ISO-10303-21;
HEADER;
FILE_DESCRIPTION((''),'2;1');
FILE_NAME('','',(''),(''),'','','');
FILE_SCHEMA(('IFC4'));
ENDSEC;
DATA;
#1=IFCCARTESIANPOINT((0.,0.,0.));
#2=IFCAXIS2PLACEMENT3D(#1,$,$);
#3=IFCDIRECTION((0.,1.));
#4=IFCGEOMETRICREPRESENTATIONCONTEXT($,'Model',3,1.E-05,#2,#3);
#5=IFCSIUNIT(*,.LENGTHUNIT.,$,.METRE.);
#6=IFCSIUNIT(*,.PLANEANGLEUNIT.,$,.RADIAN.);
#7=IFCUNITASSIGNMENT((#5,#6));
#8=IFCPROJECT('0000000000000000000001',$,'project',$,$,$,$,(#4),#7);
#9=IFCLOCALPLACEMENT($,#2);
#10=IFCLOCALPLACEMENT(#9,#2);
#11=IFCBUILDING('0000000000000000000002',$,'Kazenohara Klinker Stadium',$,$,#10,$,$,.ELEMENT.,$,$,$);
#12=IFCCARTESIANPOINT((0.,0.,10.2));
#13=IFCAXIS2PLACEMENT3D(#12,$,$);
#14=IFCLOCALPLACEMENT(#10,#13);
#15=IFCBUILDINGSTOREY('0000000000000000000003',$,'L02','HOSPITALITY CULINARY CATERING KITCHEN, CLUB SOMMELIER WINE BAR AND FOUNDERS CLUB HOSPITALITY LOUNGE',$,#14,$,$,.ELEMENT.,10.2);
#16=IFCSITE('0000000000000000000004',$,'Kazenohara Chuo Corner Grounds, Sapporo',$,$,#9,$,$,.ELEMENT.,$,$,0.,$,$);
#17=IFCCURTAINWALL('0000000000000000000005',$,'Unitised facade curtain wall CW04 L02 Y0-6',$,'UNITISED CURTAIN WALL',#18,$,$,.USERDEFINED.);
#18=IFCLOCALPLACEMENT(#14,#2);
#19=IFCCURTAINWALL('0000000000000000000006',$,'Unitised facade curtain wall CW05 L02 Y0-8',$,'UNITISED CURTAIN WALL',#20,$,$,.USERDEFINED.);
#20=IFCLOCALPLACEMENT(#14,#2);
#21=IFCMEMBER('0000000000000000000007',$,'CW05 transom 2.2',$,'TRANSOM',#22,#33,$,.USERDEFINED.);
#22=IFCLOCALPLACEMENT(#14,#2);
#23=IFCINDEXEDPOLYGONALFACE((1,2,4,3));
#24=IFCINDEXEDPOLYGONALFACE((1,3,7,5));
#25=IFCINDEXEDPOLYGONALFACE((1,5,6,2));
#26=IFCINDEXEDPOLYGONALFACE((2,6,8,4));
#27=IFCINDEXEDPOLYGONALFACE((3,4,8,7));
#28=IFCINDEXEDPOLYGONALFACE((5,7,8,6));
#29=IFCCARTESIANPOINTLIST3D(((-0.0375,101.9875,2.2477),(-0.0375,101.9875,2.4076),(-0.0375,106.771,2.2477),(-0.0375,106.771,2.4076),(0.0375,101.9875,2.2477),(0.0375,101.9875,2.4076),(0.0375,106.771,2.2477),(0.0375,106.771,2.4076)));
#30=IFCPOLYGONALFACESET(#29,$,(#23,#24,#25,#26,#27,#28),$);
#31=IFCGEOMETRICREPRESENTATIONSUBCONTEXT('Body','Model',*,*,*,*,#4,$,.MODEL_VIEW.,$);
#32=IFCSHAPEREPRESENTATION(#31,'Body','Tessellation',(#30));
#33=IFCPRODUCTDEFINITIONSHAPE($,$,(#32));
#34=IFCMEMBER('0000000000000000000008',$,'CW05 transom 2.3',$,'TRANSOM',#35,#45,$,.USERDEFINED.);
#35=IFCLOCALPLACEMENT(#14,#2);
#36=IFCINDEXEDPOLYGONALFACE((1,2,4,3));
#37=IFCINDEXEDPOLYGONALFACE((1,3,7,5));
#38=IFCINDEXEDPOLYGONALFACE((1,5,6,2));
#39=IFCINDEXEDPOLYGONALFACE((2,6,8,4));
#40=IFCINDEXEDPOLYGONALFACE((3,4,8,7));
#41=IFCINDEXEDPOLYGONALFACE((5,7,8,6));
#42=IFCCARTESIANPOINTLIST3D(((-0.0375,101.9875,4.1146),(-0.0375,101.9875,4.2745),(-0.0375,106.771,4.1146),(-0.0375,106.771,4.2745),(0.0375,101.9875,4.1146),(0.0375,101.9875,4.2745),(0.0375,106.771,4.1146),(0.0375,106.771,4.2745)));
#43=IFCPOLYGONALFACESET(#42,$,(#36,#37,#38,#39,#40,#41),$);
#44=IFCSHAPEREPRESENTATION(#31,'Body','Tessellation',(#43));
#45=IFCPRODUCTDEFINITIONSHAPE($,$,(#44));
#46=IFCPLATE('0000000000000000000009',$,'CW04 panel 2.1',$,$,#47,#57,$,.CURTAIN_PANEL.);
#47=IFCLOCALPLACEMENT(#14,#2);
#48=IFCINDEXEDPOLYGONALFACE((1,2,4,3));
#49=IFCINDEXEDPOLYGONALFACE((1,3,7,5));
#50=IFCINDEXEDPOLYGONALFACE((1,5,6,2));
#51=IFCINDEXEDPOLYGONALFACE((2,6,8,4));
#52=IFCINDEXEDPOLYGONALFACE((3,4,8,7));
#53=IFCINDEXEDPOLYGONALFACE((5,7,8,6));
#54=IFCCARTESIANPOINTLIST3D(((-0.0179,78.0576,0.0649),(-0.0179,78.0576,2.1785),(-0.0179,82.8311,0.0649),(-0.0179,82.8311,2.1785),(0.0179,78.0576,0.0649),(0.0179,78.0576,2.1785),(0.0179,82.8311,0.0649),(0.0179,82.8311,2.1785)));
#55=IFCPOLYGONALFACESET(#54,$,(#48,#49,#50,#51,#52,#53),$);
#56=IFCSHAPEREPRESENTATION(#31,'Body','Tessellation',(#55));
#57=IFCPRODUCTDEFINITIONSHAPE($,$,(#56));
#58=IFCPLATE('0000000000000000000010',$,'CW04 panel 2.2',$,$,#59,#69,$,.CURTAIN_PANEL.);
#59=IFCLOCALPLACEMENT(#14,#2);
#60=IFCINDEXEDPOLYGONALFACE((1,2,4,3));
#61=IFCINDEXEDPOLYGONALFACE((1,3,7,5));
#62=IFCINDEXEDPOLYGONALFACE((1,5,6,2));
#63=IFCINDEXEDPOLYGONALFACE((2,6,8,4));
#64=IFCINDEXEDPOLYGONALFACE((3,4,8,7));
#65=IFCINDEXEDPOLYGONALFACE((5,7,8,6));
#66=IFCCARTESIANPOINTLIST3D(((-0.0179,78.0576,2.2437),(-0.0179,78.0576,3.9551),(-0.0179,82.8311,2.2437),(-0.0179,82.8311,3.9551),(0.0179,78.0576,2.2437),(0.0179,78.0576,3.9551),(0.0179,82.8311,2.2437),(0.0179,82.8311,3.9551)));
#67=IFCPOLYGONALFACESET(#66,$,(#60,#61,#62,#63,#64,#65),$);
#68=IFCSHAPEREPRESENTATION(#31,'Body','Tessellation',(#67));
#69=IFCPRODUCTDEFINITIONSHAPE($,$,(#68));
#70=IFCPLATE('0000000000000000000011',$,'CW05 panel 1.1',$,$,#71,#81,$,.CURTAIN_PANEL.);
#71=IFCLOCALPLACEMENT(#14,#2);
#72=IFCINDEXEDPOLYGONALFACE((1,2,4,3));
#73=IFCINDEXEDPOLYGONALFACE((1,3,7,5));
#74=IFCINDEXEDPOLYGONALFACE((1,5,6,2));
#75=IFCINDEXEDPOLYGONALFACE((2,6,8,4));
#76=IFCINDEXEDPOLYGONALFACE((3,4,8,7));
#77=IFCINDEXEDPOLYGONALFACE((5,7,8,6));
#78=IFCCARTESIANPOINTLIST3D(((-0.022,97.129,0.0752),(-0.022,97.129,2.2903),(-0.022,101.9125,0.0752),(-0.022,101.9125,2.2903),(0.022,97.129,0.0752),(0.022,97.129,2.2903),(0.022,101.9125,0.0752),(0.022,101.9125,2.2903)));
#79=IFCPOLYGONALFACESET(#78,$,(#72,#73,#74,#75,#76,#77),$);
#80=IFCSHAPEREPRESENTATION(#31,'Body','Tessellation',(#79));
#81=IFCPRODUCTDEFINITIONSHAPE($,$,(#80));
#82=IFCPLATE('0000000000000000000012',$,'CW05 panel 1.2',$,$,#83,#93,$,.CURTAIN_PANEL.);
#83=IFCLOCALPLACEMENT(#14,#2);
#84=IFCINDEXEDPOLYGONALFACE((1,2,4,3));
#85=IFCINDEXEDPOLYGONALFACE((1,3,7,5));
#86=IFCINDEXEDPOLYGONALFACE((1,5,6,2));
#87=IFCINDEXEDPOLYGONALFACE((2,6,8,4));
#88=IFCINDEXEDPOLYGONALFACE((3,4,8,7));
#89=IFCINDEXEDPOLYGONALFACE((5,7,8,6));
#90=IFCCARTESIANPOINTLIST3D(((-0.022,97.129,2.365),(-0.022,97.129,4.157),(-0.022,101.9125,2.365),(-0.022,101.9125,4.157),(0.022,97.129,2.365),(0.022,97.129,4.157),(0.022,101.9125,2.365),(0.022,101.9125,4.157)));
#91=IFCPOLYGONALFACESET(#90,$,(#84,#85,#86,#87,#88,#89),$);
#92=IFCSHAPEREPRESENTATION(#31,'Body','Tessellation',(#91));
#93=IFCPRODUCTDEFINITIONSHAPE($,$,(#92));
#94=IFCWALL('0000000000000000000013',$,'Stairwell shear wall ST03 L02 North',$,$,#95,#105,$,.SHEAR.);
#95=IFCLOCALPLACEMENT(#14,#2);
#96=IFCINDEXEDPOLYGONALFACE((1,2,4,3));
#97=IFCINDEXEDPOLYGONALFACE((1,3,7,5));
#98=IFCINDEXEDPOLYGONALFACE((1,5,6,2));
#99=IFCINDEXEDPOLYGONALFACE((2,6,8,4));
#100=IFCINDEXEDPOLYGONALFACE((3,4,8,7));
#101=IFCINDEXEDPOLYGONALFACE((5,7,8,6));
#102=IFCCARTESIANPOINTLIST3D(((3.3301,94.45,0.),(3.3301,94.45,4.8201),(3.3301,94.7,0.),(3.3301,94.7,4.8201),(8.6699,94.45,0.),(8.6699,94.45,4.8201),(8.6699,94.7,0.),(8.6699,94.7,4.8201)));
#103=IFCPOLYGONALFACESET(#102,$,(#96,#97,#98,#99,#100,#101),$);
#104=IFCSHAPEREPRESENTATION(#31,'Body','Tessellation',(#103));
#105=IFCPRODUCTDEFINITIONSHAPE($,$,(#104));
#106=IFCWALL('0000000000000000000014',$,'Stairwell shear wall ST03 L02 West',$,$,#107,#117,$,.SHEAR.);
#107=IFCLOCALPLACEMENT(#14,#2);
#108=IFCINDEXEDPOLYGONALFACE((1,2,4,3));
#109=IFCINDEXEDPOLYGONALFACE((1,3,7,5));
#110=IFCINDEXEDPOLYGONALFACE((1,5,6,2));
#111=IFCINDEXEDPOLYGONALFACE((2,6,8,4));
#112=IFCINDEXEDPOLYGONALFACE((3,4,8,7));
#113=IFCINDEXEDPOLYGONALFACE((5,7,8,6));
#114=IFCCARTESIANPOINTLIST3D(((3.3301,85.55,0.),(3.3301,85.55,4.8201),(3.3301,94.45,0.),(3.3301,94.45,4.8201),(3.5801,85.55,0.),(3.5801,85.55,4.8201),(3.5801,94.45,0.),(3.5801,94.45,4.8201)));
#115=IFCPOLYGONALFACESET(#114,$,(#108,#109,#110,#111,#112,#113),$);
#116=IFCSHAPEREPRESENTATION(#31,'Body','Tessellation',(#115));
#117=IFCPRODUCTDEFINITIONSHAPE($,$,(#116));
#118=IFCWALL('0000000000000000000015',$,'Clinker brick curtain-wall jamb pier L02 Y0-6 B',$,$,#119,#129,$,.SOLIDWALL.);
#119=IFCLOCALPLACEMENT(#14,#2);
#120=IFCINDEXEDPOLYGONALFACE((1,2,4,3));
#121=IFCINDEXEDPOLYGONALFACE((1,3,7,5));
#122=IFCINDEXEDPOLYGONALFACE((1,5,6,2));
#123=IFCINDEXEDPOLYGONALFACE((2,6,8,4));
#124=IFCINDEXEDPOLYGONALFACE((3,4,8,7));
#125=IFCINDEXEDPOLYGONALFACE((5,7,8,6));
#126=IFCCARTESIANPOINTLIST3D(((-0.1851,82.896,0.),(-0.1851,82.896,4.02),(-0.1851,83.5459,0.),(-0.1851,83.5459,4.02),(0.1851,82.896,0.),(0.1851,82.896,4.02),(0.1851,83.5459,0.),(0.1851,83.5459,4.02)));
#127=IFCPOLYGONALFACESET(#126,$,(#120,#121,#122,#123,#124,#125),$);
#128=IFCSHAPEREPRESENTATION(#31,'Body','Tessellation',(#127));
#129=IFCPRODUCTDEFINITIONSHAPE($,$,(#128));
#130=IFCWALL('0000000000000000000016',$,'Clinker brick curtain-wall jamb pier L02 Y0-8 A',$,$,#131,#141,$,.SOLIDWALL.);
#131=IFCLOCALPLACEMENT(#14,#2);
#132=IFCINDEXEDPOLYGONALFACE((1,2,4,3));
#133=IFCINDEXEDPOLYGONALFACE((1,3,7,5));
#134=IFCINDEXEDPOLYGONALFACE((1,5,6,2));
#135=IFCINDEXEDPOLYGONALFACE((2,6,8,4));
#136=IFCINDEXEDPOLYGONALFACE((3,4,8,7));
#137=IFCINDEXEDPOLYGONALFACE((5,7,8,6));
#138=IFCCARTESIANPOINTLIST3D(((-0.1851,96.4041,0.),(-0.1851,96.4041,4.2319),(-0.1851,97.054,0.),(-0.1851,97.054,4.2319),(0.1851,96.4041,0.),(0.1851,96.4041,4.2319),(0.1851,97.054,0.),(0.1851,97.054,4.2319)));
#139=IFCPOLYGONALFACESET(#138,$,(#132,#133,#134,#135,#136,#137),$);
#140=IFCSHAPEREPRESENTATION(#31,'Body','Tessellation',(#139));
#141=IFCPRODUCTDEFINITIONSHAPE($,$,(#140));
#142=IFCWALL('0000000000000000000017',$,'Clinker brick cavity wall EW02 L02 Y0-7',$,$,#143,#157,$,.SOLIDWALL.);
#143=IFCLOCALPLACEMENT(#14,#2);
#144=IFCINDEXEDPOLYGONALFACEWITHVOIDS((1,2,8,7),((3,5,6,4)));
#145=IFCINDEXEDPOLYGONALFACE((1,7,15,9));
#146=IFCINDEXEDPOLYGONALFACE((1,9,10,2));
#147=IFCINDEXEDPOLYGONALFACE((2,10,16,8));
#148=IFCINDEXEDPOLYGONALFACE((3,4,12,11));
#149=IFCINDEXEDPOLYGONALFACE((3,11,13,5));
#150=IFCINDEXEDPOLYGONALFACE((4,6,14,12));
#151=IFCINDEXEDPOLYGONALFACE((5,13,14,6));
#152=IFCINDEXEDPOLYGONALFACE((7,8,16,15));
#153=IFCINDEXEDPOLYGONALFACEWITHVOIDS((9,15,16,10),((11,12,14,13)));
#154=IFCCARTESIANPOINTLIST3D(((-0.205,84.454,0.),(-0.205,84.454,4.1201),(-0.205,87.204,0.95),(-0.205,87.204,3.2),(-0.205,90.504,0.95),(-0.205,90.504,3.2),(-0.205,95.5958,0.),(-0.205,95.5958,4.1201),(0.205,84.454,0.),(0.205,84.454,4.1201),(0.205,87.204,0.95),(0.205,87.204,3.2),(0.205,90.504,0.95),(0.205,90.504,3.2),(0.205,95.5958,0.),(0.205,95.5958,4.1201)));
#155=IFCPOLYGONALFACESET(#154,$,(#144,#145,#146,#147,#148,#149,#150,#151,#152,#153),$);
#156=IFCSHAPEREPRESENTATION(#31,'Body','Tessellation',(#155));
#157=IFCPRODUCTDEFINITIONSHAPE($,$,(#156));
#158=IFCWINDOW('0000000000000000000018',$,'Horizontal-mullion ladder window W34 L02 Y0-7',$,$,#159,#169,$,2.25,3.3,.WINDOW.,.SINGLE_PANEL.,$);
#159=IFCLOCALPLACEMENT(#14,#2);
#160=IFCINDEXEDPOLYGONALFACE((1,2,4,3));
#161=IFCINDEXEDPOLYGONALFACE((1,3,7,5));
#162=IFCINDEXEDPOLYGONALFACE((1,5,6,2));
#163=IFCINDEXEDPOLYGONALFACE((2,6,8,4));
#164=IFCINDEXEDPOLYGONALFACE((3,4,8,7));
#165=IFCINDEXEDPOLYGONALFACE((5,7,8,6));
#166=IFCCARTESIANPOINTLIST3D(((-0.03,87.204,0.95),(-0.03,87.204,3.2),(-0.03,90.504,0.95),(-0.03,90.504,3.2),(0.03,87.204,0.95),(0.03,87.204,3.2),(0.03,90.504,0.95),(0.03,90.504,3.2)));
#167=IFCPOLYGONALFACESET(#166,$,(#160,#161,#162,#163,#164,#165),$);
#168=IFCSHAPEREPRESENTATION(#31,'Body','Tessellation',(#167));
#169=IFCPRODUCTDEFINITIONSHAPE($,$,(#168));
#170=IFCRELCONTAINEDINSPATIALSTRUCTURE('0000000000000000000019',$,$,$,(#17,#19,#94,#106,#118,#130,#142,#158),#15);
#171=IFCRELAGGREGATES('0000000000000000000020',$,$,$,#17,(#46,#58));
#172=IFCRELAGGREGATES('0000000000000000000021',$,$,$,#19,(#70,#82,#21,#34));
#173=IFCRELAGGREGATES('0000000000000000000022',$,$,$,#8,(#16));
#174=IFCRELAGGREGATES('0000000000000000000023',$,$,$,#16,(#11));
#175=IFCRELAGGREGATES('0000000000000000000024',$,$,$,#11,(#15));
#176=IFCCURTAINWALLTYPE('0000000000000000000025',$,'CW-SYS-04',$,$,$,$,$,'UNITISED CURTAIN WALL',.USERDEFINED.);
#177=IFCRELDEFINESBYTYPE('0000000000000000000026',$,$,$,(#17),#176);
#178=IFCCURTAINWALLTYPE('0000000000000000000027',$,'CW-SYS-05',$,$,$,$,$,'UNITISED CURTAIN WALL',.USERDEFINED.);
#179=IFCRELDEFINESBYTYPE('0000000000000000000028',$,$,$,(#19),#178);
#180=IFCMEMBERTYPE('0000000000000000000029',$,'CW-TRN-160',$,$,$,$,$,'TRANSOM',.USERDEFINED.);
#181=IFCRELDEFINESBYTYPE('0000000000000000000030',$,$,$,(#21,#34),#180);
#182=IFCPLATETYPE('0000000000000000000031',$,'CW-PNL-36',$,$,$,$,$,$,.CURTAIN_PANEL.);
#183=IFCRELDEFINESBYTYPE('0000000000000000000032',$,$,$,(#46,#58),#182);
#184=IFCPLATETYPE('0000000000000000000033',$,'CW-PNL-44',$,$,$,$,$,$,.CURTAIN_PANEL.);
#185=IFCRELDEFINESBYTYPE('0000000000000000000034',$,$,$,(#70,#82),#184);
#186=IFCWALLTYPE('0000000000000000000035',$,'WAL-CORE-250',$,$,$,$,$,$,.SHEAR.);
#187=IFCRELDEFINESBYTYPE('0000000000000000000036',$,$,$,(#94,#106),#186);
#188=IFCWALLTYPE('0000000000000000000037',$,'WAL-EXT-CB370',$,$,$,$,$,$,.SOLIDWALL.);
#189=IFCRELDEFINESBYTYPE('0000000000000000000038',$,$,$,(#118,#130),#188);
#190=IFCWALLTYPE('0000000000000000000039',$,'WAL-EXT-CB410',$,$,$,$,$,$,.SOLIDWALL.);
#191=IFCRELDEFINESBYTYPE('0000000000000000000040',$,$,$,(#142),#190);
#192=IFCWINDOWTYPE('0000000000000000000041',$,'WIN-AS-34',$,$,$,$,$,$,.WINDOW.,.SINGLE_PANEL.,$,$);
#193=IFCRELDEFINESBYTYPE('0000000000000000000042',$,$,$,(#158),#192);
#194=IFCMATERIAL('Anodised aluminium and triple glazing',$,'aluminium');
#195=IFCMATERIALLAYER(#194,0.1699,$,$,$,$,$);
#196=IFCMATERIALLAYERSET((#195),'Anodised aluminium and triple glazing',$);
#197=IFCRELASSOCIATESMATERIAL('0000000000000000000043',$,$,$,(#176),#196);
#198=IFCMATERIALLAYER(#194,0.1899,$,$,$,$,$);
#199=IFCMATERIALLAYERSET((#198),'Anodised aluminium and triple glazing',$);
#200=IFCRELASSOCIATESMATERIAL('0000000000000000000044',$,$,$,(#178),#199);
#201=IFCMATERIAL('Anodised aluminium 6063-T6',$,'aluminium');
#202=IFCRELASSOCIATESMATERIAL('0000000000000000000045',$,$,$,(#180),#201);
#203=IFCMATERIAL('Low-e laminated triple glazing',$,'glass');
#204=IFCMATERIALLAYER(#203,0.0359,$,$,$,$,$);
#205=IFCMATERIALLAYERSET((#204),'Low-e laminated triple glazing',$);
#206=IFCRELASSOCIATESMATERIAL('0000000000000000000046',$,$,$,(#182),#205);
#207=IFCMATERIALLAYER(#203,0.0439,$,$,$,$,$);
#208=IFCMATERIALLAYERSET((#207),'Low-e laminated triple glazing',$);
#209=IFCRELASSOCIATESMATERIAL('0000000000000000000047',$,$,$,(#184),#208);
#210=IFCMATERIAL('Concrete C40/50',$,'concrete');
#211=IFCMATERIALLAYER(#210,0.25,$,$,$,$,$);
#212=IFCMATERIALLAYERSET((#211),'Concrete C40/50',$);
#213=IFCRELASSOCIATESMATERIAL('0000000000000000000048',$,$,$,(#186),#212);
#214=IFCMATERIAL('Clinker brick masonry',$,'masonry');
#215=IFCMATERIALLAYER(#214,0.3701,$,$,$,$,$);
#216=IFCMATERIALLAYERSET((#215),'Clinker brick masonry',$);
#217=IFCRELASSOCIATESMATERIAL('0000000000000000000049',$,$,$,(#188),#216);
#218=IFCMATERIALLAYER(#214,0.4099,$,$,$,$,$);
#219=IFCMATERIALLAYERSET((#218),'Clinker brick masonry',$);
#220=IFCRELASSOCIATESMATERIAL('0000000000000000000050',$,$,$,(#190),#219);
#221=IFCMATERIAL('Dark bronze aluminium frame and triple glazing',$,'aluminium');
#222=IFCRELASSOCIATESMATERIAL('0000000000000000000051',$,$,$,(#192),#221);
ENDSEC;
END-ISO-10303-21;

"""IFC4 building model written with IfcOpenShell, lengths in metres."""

from ifc_helpers import new_model, si_unit, direction, frame, frame_2d, origin, origin_2d, place, context, subcontext, project, spatial, rectangle, extrude, material, layer, layer_set, material_profile, profile_set, type_object, element, fill, aggregate, save


model = new_model("IFC4")

# Units and contexts
model_context = context("Model", 3, precision=1e-05, world=origin(), true_north=direction((0.0, 1.0)))
body_context = subcontext(model_context, "Body", "Model", "MODEL_VIEW")
ifc_project = project(units=[si_unit("LENGTHUNIT", "METRE"), si_unit("PLANEANGLEUNIT", "RADIAN")], contexts=[model_context])

# Site, building, storey
site_placement = place(None, origin())
site = spatial("IfcSite", under=ifc_project, at=site_placement, Name="Kazenohara Chuo Corner Grounds, Sapporo", CompositionType="ELEMENT", RefElevation=0.0)
building_placement = place(site_placement, origin())
building = spatial("IfcBuilding", under=site, at=building_placement, Name="Kazenohara Klinker Stadium", CompositionType="ELEMENT")
storey_placement = place(building_placement, frame((0.0, 0.0, 10.2)))
storey = spatial("IfcBuildingStorey", under=building, at=storey_placement, Name="L02", Description="HOSPITALITY CULINARY CATERING KITCHEN, CLUB SOMMELIER WINE BAR AND FOUNDERS CLUB HOSPITALITY LOUNGE", CompositionType="ELEMENT", Elevation=10.2)

# Shared definitions
ifc_material_1 = material(Name="Concrete C40/50", Category="concrete")

# Curtain wall
ifc_material_2 = material(Name="Anodised aluminium and triple glazing", Category="aluminium")
ifc_layer_1 = layer(ifc_material_2, 0.1699)
ifc_layer_set_1 = layer_set([ifc_layer_1], Name="Anodised aluminium and triple glazing")
curtain_wall_type_1 = type_object("IfcCurtainWallType", Name="CW-SYS-04", ElementType="UNITISED CURTAIN WALL", PredefinedType="USERDEFINED", material=ifc_layer_set_1)
curtain_wall_1_placement = place(storey_placement, origin())
curtain_wall_1 = element("IfcCurtainWall", 1, at=curtain_wall_1_placement, inside=storey, type_object=curtain_wall_type_1, Name="Unitised facade curtain wall CW04 L02 Y0-6", ObjectType="UNITISED CURTAIN WALL", PredefinedType="USERDEFINED")
ifc_material_3 = material(Name="Anodised aluminium 6063-T6", Category="aluminium")

# Curtain wall, members
ifc_layer_2 = layer(ifc_material_2, 0.1899)
ifc_layer_set_2 = layer_set([ifc_layer_2], Name="Anodised aluminium and triple glazing")
curtain_wall_type_2 = type_object("IfcCurtainWallType", Name="CW-SYS-05", ElementType="UNITISED CURTAIN WALL", PredefinedType="USERDEFINED", material=ifc_layer_set_2)
curtain_wall_2_placement = place(storey_placement, origin())
curtain_wall_2 = element("IfcCurtainWall", 2, at=curtain_wall_2_placement, inside=storey, type_object=curtain_wall_type_2, Name="Unitised facade curtain wall CW05 L02 Y0-8", ObjectType="UNITISED CURTAIN WALL", PredefinedType="USERDEFINED")
ifc_material_profile_1 = material_profile(ifc_material_3, rectangle(XDim=0.075, YDim=0.1599, at=origin_2d()), Name="ALU-TRN-75x160")
ifc_profile_set_1 = profile_set([ifc_material_profile_1], Name="Anodised aluminium 6063-T6")
member_type_1 = type_object("IfcMemberType", Name="CW-TRN-160", ElementType="TRANSOM", PredefinedType="USERDEFINED", material=ifc_profile_set_1)
member_1_placement = place(storey_placement, frame((0.0, 101.9875, 2.3276), z_axis=(0.0, 1.0, 0.0), x_axis=(-1.0, 0.0, 0.0)))
member_1 = element("IfcMember", 3, at=member_1_placement, type_object=member_type_1, Name="CW05 transom 2.2", ObjectType="TRANSOM", PredefinedType="USERDEFINED", context=body_context, shape_type="SweptSolid", body=[
    extrude(rectangle(XDim=0.075, YDim=0.1599, at=origin_2d()), origin(), (0.0, 0.0, 1.0), 4.7834),
])
member_2_placement = place(storey_placement, frame((0.0, 101.9875, 4.1946), z_axis=(0.0, 1.0, 0.0), x_axis=(-1.0, 0.0, 0.0)))
member_2 = element("IfcMember", 4, at=member_2_placement, type_object=member_type_1, Name="CW05 transom 2.3", ObjectType="TRANSOM", PredefinedType="USERDEFINED", context=body_context, shape_type="SweptSolid", body=[
    extrude(rectangle(XDim=0.075, YDim=0.1599, at=origin_2d()), origin(), (0.0, 0.0, 1.0), 4.7834),
])

# Plates
ifc_material_4 = material(Name="Low-e laminated triple glazing", Category="glass")
ifc_layer_3 = layer(ifc_material_4, 0.0359)
ifc_layer_set_3 = layer_set([ifc_layer_3], Name="Low-e laminated triple glazing")
plate_type_1 = type_object("IfcPlateType", Name="CW-PNL-36", PredefinedType="CURTAIN_PANEL", material=ifc_layer_set_3)
plate_1_placement = place(storey_placement, frame((0.0, 80.4443, 0.0649), z_axis=(0.0, 0.0, 1.0), x_axis=(0.0, 1.0, 0.0)))
plate_1 = element("IfcPlate", 5, at=plate_1_placement, type_object=plate_type_1, Name="CW04 panel 2.1", PredefinedType="CURTAIN_PANEL", context=body_context, shape_type="SweptSolid", body=[
    extrude(rectangle(XDim=4.7734, YDim=0.0359, at=origin_2d()), origin(), (0.0, 0.0, 1.0), 2.1135),
])
plate_2_placement = place(storey_placement, frame((0.0, 80.4443, 2.2437), z_axis=(0.0, 0.0, 1.0), x_axis=(0.0, 1.0, 0.0)))
plate_2 = element("IfcPlate", 6, at=plate_2_placement, type_object=plate_type_1, Name="CW04 panel 2.2", PredefinedType="CURTAIN_PANEL", context=body_context, shape_type="SweptSolid", body=[
    extrude(rectangle(XDim=4.7734, YDim=0.0359, at=origin_2d()), origin(), (0.0, 0.0, 1.0), 1.7114),
])
aggregate(curtain_wall_1, [plate_1, plate_2])
ifc_layer_4 = layer(ifc_material_4, 0.0439)
ifc_layer_set_4 = layer_set([ifc_layer_4], Name="Low-e laminated triple glazing")
plate_type_2 = type_object("IfcPlateType", Name="CW-PNL-44", PredefinedType="CURTAIN_PANEL", material=ifc_layer_set_4)
plate_3_placement = place(storey_placement, frame((0.0, 99.5208, 0.0752), z_axis=(0.0, 0.0, 1.0), x_axis=(0.0, 1.0, 0.0)))
plate_3 = element("IfcPlate", 7, at=plate_3_placement, type_object=plate_type_2, Name="CW05 panel 1.1", PredefinedType="CURTAIN_PANEL", context=body_context, shape_type="SweptSolid", body=[
    extrude(rectangle(XDim=4.7834, YDim=0.0439, at=origin_2d()), origin(), (0.0, 0.0, 1.0), 2.2151),
])
plate_4_placement = place(storey_placement, frame((0.0, 99.5208, 2.365), z_axis=(0.0, 0.0, 1.0), x_axis=(0.0, 1.0, 0.0)))
plate_4 = element("IfcPlate", 8, at=plate_4_placement, type_object=plate_type_2, Name="CW05 panel 1.2", PredefinedType="CURTAIN_PANEL", context=body_context, shape_type="SweptSolid", body=[
    extrude(rectangle(XDim=4.7834, YDim=0.0439, at=origin_2d()), origin(), (0.0, 0.0, 1.0), 1.792),
])
aggregate(curtain_wall_2, [plate_3, plate_4, member_1, member_2])

# Shared definitions
ifc_layer_5 = layer(ifc_material_1, 0.25)
ifc_layer_set_5 = layer_set([ifc_layer_5], Name="Concrete C40/50")
wall_type_1 = type_object("IfcWallType", Name="WAL-CORE-250", PredefinedType="SHEAR", material=ifc_layer_set_5)

# Walls
wall_1_placement = place(storey_placement, frame((3.3301, 94.575, 0.0), z_axis=(0.0, 0.0, 1.0), x_axis=(1.0, 0.0, 0.0)))
element("IfcWall", 9, at=wall_1_placement, inside=storey, type_object=wall_type_1, Name="Stairwell shear wall ST03 L02 North", PredefinedType="SHEAR", context=body_context, shape_type="SweptSolid", body=[
    extrude(rectangle(XDim=5.3398, YDim=0.25, at=frame_2d((2.6699, 0.0))), origin(), (0.0, 0.0, 1.0), 4.8201),
])
wall_2_placement = place(storey_placement, frame((3.4551, 85.55, 0.0), z_axis=(0.0, 0.0, 1.0), x_axis=(0.0, 1.0, 0.0)))
element("IfcWall", 10, at=wall_2_placement, inside=storey, type_object=wall_type_1, Name="Stairwell shear wall ST03 L02 West", PredefinedType="SHEAR", context=body_context, shape_type="SweptSolid", body=[
    extrude(rectangle(XDim=8.8999, YDim=0.25, at=frame_2d((4.45, 0.0))), origin(), (0.0, 0.0, 1.0), 4.8201),
])
ifc_material_5 = material(Name="Clinker brick masonry", Category="masonry")
ifc_layer_6 = layer(ifc_material_5, 0.3701)
ifc_layer_set_6 = layer_set([ifc_layer_6], Name="Clinker brick masonry")
wall_type_2 = type_object("IfcWallType", Name="WAL-EXT-CB370", PredefinedType="SOLIDWALL", material=ifc_layer_set_6)
wall_3_placement = place(storey_placement, frame((0.0, 82.896, 0.0), z_axis=(0.0, 0.0, 1.0), x_axis=(0.0, 1.0, 0.0)))
element("IfcWall", 11, at=wall_3_placement, inside=storey, type_object=wall_type_2, Name="Clinker brick curtain-wall jamb pier L02 Y0-6 B", PredefinedType="SOLIDWALL", context=body_context, shape_type="SweptSolid", body=[
    extrude(rectangle(XDim=0.6499, YDim=0.3701, at=frame_2d((0.325, 0.0))), origin(), (0.0, 0.0, 1.0), 4.02),
])
wall_4_placement = place(storey_placement, frame((0.0, 96.4041, 0.0), z_axis=(0.0, 0.0, 1.0), x_axis=(0.0, 1.0, 0.0)))
element("IfcWall", 12, at=wall_4_placement, inside=storey, type_object=wall_type_2, Name="Clinker brick curtain-wall jamb pier L02 Y0-8 A", PredefinedType="SOLIDWALL", context=body_context, shape_type="SweptSolid", body=[
    extrude(rectangle(XDim=0.6499, YDim=0.3701, at=frame_2d((0.325, 0.0))), origin(), (0.0, 0.0, 1.0), 4.2319),
])

# Wall, opening, window
ifc_layer_7 = layer(ifc_material_5, 0.4099)
ifc_layer_set_7 = layer_set([ifc_layer_7], Name="Clinker brick masonry")
wall_type_3 = type_object("IfcWallType", Name="WAL-EXT-CB410", PredefinedType="SOLIDWALL", material=ifc_layer_set_7)
wall_5_placement = place(storey_placement, frame((0.0, 84.4541, 0.0), z_axis=(0.0, 0.0, 1.0), x_axis=(0.0, 1.0, 0.0)))
wall_5 = element("IfcWall", 13, at=wall_5_placement, inside=storey, type_object=wall_type_3, Name="Clinker brick cavity wall EW02 L02 Y0-7", PredefinedType="SOLIDWALL", context=body_context, shape_type="SweptSolid", body=[
    extrude(rectangle(XDim=11.1418, YDim=0.4099, at=frame_2d((5.5708, 0.0))), origin(), (0.0, 0.0, 1.0), 4.1201),
])
opening_1_placement = place(wall_5_placement, frame((2.75, 0.0, 0.95)))
opening_1 = element("IfcOpeningElement", 14, at=opening_1_placement, cuts=wall_5, PredefinedType="OPENING", context=body_context, shape_type="SweptSolid", body=[
    extrude(rectangle(XDim=3.3, YDim=2.25, at=frame_2d((1.6499, 1.125))), frame((0.0, 0.2148, 0.0), z_axis=(0.0, -1.0, 0.0), x_axis=(1.0, 0.0, 0.0)), (0.0, 0.0, 1.0), 0.4299),
])
ifc_material_6 = material(Name="Dark bronze aluminium frame and triple glazing", Category="aluminium")
window_type = type_object("IfcWindowType", Name="WIN-AS-34", PartitioningType="SINGLE_PANEL", PredefinedType="WINDOW", material=ifc_material_6)
window_placement = place(opening_1_placement, origin())
window = element("IfcWindow", 15, at=window_placement, inside=storey, type_object=window_type, Name="Horizontal-mullion ladder window W34 L02 Y0-7", OverallHeight=2.25, OverallWidth=3.3, PartitioningType="SINGLE_PANEL", PredefinedType="WINDOW", context=body_context, shape_type="SweptSolid", body=[
    extrude(rectangle(XDim=3.3, YDim=2.25, at=frame_2d((1.6499, 1.125))), frame((0.0, 0.03, 0.0), z_axis=(0.0, -1.0, 0.0), x_axis=(1.0, 0.0, 0.0)), (0.0, 0.0, 1.0), 0.0601),
])
fill(opening_1, window)

save(model, "model.ifc")
